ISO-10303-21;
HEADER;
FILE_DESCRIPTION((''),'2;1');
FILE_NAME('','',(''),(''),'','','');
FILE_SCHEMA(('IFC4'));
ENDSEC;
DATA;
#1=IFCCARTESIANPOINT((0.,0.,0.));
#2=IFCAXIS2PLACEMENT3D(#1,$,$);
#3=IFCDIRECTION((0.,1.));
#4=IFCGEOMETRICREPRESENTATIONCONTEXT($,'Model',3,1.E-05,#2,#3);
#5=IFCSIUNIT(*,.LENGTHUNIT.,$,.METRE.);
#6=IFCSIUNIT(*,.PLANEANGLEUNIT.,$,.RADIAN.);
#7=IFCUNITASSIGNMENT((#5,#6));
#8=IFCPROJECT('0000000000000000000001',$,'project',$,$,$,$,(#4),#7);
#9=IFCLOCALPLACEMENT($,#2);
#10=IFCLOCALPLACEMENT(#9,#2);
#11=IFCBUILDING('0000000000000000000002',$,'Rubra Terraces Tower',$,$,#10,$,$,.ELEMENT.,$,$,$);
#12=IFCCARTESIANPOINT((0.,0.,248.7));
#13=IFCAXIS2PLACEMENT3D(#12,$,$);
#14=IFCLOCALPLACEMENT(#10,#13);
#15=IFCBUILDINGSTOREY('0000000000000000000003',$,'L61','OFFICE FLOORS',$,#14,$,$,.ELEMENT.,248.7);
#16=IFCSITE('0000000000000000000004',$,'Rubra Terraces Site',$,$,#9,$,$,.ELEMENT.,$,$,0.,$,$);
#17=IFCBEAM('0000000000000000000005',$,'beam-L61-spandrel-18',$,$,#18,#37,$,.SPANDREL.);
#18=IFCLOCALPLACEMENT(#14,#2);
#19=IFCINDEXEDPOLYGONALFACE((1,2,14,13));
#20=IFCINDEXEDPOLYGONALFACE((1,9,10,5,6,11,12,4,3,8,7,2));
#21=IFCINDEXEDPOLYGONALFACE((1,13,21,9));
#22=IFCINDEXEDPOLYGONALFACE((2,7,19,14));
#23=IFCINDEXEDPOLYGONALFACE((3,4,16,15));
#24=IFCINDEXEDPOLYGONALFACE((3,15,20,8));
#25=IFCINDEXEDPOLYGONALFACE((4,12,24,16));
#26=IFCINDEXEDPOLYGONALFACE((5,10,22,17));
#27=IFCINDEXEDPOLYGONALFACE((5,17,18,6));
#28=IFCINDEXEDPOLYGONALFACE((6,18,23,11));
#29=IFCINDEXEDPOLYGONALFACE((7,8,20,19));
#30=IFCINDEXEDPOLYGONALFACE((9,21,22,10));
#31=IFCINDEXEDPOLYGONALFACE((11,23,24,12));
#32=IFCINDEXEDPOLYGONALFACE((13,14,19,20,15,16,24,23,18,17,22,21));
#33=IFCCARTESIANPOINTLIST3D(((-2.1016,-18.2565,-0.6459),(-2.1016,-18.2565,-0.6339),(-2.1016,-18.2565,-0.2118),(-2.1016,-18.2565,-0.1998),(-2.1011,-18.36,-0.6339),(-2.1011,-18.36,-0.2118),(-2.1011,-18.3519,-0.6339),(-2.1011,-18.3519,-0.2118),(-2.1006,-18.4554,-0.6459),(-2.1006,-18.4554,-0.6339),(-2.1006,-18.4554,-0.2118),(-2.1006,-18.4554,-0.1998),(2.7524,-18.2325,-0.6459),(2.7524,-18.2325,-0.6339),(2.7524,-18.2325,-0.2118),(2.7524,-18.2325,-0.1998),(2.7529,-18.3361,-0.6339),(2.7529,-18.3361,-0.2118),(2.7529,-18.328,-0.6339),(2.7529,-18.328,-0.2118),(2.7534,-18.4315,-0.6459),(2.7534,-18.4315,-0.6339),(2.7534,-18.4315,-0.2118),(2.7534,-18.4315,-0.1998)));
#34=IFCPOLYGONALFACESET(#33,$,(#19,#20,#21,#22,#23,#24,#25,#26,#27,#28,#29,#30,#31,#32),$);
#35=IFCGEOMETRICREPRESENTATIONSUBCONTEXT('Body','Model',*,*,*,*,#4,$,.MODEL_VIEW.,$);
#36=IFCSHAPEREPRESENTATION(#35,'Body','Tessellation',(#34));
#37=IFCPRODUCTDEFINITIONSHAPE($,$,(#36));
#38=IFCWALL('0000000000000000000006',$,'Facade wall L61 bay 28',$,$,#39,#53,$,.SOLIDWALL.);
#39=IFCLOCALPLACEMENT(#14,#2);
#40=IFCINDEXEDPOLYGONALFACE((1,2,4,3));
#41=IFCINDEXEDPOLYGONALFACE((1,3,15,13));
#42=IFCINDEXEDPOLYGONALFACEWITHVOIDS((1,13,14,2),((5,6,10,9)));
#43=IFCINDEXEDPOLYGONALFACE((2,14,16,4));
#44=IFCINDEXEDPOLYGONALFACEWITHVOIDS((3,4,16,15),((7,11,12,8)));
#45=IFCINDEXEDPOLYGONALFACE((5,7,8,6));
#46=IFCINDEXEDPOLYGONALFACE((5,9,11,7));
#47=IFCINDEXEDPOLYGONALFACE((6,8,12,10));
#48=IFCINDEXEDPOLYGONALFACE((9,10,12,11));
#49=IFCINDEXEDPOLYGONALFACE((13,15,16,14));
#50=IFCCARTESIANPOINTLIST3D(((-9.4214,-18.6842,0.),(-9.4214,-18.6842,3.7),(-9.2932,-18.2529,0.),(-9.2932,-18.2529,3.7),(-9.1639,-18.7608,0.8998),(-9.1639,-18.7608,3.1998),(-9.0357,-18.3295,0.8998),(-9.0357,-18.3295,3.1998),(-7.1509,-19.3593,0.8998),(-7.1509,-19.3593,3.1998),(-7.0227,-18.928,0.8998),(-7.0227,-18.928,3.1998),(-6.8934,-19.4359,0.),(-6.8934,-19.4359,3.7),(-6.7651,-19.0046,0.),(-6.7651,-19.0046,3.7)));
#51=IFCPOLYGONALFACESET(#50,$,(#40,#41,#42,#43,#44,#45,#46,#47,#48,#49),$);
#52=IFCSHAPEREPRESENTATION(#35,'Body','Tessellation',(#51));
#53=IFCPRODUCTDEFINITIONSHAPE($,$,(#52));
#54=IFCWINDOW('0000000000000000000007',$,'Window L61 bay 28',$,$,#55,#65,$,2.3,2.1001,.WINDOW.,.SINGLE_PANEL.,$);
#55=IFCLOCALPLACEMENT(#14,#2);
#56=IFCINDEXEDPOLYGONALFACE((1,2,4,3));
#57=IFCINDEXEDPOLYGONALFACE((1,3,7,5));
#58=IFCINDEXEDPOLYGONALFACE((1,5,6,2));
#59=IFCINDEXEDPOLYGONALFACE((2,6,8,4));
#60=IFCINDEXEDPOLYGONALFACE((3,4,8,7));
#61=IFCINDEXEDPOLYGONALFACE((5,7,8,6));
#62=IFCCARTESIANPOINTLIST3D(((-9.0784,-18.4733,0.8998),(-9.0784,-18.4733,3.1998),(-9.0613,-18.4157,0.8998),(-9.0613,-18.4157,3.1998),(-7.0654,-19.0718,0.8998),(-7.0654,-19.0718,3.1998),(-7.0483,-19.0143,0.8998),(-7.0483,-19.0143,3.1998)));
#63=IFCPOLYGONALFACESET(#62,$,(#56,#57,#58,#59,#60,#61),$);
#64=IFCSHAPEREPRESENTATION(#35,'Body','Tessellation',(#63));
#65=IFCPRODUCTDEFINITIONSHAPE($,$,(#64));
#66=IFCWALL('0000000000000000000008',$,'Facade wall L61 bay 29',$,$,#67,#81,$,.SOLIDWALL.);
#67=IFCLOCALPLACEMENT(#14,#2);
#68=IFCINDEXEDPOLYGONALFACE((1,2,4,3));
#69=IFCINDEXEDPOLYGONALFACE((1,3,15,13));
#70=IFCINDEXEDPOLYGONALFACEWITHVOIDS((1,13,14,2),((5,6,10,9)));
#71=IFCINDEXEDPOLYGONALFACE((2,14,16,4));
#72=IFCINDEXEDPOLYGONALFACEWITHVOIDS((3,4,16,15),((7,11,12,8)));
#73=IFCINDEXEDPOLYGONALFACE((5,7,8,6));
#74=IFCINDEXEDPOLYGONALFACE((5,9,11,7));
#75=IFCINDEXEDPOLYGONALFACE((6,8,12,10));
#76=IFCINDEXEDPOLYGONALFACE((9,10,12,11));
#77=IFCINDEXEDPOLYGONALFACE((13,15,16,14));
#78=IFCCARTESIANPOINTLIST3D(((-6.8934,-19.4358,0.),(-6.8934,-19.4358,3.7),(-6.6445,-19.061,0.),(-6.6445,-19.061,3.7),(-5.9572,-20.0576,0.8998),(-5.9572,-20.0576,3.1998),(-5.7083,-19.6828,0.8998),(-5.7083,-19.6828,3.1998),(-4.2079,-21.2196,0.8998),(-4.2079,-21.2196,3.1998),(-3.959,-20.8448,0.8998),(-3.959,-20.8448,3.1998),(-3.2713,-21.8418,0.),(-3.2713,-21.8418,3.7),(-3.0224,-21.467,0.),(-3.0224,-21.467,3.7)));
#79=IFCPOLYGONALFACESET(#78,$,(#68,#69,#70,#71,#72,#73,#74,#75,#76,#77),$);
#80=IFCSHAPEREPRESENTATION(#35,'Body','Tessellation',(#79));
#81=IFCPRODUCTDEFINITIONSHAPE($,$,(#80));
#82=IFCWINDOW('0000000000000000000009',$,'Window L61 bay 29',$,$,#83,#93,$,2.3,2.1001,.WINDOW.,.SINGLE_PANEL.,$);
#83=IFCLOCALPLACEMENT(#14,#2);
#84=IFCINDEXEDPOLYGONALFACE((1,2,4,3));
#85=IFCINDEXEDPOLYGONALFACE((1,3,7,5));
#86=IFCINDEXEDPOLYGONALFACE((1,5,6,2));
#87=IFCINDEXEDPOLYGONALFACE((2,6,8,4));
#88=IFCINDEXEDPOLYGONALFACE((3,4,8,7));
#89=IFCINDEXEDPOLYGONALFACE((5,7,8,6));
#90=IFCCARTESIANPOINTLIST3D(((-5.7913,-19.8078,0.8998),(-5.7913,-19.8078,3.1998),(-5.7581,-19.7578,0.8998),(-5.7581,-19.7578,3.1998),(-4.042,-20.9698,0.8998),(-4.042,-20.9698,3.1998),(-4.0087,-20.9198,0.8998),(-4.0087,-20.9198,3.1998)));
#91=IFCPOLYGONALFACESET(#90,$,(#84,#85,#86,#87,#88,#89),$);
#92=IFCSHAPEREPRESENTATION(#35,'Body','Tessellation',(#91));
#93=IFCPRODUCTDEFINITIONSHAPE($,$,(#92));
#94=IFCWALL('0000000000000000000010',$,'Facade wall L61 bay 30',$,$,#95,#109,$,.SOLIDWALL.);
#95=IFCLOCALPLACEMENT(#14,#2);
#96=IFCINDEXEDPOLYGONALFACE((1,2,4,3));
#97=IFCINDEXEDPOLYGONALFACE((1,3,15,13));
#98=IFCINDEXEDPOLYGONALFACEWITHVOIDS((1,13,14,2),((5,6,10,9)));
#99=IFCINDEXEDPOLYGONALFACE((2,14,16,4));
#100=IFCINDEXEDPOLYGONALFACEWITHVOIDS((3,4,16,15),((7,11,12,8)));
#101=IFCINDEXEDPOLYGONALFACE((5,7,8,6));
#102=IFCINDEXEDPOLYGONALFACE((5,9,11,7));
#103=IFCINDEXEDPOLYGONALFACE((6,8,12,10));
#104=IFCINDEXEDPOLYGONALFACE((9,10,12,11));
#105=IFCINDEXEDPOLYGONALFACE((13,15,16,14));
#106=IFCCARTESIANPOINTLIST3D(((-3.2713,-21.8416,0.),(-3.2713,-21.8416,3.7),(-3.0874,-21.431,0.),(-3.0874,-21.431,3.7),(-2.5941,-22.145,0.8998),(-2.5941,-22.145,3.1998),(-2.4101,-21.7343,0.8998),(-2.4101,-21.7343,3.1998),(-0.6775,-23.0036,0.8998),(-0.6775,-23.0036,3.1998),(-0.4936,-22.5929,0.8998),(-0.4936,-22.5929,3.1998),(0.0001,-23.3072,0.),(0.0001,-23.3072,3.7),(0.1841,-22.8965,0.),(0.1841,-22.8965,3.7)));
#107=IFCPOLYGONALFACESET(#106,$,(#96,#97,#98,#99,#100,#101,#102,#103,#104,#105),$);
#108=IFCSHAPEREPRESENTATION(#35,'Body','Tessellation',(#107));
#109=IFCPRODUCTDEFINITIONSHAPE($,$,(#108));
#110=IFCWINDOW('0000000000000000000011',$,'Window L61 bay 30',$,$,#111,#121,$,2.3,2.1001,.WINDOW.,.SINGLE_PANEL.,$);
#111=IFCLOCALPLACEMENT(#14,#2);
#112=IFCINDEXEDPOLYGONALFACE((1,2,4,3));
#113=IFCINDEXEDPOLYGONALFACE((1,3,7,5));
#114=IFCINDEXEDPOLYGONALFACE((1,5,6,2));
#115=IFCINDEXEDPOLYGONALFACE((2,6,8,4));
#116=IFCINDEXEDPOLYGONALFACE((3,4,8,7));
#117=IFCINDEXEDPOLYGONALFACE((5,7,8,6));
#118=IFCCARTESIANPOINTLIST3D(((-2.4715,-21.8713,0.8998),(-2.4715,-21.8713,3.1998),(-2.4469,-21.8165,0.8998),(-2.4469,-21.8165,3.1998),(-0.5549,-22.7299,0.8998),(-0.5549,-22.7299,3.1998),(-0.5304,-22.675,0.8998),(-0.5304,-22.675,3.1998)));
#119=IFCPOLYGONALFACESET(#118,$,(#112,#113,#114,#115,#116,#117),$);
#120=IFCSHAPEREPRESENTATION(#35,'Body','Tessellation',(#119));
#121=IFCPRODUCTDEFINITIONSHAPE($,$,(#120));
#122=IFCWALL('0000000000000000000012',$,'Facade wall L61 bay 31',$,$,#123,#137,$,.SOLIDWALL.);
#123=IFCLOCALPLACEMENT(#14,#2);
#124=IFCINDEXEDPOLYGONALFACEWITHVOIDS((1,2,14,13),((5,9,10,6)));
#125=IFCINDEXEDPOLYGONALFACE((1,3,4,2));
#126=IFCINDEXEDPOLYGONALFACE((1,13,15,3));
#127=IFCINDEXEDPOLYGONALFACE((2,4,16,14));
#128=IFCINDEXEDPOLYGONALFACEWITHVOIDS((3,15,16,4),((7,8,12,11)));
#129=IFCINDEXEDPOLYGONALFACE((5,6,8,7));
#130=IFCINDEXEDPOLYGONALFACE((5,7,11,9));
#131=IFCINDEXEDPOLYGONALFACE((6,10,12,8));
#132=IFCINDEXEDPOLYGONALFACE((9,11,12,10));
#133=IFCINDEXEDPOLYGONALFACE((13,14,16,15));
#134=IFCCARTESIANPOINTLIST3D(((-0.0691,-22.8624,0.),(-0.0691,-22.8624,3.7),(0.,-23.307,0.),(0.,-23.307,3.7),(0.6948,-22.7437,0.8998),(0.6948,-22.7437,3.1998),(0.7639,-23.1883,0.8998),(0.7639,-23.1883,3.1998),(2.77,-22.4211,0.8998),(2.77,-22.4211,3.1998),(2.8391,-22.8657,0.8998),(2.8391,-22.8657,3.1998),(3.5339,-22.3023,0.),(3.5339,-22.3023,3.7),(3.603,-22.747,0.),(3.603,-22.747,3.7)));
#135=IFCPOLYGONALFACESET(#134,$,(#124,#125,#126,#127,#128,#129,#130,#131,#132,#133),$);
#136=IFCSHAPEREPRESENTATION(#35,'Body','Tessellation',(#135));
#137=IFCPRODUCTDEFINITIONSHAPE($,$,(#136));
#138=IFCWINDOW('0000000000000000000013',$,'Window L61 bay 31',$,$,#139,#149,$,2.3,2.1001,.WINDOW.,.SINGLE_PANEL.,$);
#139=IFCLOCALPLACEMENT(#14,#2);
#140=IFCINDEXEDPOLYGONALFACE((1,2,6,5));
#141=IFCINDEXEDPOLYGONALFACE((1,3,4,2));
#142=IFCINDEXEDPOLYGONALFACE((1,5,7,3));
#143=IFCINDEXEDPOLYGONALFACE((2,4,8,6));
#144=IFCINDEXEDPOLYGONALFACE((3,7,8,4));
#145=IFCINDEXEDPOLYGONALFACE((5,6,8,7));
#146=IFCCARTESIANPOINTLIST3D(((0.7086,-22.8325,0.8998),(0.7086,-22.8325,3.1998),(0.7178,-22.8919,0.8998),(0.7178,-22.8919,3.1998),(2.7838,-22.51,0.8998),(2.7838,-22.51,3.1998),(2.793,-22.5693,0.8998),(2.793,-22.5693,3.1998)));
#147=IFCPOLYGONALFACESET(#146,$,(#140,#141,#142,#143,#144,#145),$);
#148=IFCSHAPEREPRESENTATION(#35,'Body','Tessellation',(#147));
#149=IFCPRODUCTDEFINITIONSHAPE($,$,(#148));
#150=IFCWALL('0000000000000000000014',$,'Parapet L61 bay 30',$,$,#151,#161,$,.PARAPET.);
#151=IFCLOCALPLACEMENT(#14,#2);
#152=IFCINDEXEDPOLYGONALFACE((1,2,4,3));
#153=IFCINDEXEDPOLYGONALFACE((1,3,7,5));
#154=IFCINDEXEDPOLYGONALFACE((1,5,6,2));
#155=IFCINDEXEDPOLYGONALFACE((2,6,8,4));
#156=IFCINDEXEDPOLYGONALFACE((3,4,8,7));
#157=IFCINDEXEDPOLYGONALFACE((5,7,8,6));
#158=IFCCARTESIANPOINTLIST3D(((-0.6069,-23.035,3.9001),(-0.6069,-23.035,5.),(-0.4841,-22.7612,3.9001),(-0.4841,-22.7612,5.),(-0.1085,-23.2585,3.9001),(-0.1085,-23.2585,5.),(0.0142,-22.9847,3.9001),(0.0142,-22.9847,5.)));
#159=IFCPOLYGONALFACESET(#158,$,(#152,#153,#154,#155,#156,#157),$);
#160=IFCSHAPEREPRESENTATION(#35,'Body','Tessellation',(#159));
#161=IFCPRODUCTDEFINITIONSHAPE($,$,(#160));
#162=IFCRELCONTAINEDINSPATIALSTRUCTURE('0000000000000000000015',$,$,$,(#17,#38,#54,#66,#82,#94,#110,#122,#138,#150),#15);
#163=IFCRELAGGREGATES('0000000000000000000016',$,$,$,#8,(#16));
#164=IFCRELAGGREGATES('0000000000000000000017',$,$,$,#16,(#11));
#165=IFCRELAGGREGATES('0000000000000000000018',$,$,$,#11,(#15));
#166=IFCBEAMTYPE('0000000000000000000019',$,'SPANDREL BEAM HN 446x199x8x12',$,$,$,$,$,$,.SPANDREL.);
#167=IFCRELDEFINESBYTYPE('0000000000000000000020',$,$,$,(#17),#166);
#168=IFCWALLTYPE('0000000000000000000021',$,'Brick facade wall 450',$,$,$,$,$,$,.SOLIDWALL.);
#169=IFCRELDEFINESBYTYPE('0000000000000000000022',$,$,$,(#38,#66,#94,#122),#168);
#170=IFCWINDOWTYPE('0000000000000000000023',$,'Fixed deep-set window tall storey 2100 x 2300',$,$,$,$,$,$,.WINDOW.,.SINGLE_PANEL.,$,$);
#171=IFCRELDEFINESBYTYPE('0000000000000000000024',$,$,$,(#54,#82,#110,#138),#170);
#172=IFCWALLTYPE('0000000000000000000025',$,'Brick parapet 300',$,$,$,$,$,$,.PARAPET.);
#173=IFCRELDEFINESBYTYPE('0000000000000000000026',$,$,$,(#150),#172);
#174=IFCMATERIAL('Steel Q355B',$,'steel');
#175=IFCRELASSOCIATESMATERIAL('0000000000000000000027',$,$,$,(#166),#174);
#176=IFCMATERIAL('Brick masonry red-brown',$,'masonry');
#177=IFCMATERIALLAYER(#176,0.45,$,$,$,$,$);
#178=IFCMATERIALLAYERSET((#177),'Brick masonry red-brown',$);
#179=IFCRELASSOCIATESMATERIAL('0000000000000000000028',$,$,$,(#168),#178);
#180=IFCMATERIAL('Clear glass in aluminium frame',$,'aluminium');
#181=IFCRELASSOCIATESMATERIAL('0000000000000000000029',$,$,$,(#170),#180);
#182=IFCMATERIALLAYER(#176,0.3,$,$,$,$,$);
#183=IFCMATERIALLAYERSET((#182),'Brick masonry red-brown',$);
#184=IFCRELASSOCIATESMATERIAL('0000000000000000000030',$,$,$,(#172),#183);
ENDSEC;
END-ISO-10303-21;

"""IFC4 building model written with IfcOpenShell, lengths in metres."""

from ifc_helpers import new_model, si_unit, direction, frame, frame_2d, origin, origin_2d, place, context, subcontext, project, spatial, rectangle, i_section, extrude, material, layer, layer_set, material_profile, profile_set, type_object, element, fill, save


model = new_model("IFC4")

# Units and contexts
model_context = context("Model", 3, precision=1e-05, world=origin(), true_north=direction((0.0, 1.0)))
body_context = subcontext(model_context, "Body", "Model", "MODEL_VIEW")
ifc_project = project(units=[si_unit("LENGTHUNIT", "METRE"), si_unit("PLANEANGLEUNIT", "RADIAN")], contexts=[model_context])

# Site, building, storey
site_placement = place(None, origin())
site = spatial("IfcSite", under=ifc_project, at=site_placement, Name="Rubra Terraces Site", CompositionType="ELEMENT", RefElevation=0.0)
building_placement = place(site_placement, origin())
building = spatial("IfcBuilding", under=site, at=building_placement, Name="Rubra Terraces Tower", CompositionType="ELEMENT")
storey_placement = place(building_placement, frame((0.0, 0.0, 248.7)))
storey = spatial("IfcBuildingStorey", under=building, at=storey_placement, Name="L61", Description="OFFICE FLOORS", CompositionType="ELEMENT", Elevation=248.7)

# Beam
ifc_material_1 = material(Name="Steel Q355B", Category="steel")
ifc_material_profile_1 = material_profile(ifc_material_1, i_section(OverallWidth=0.199, OverallDepth=0.446, WebThickness=0.0081, FlangeThickness=0.012, at=origin_2d()), Name="HN 446x199x8x12")
ifc_profile_set_1 = profile_set([ifc_material_profile_1], Name="Steel Q355B")
beam_type_1 = type_object("IfcBeamType", Name="SPANDREL BEAM HN 446x199x8x12", PredefinedType="SPANDREL", material=ifc_profile_set_1)
beam_1_placement = place(storey_placement, frame((-2.1011, -18.356, -0.4229), z_axis=(0.999988, 0.004929, 0.0), x_axis=(-0.004929, 0.999988, 0.0)))
element("IfcBeam", 1, at=beam_1_placement, inside=storey, type_object=beam_type_1, Name="beam-L61-spandrel-18", PredefinedType="SPANDREL", context=body_context, shape_type="SweptSolid", body=[
    extrude(i_section(OverallWidth=0.199, OverallDepth=0.446, WebThickness=0.0081, FlangeThickness=0.012, at=origin_2d()), origin(), (0.0, 0.0, 1.0), 4.854),
])

# Walls, openings, windows
ifc_material_2 = material(Name="Brick masonry red-brown", Category="masonry")
ifc_layer_1 = layer(ifc_material_2, 0.45)
ifc_layer_set_1 = layer_set([ifc_layer_1], Name="Brick masonry red-brown")
wall_type_1 = type_object("IfcWallType", Name="Brick facade wall 450", PredefinedType="SOLIDWALL", material=ifc_layer_set_1)
wall_1_placement = place(storey_placement, frame((-9.3574, -18.4685, 0.0), z_axis=(0.0, 0.0, 1.0), x_axis=(0.958524, -0.285012, 0.0)))
wall_1 = element("IfcWall", 2, at=wall_1_placement, inside=storey, type_object=wall_type_1, Name="Facade wall L61 bay 28", PredefinedType="SOLIDWALL", context=body_context, shape_type="SweptSolid", body=[
    extrude(rectangle(XDim=2.6375, YDim=0.45, at=frame_2d((1.3188, 0.0))), origin(), (0.0, 0.0, 1.0), 3.7),
])
opening_1_placement = place(wall_1_placement, frame((0.2688, 0.0, 0.8999)))
opening_1 = element("IfcOpeningElement", 3, at=opening_1_placement, cuts=wall_1, PredefinedType="OPENING", context=body_context, shape_type="SweptSolid", body=[
    extrude(rectangle(XDim=2.1001, YDim=2.3, at=frame_2d((1.05, 1.1499))), frame((0.0, 0.2349, 0.0), z_axis=(0.0, -1.0, 0.0), x_axis=(1.0, 0.0, 0.0)), (0.0, 0.0, 1.0), 0.47),
])
ifc_material_3 = material(Name="Clear glass in aluminium frame", Category="aluminium")
window_type = type_object("IfcWindowType", Name="Fixed deep-set window tall storey 2100 x 2300", PartitioningType="SINGLE_PANEL", PredefinedType="WINDOW", material=ifc_material_3)
window_1_placement = place(opening_1_placement, origin())
window_1 = element("IfcWindow", 4, at=window_1_placement, inside=storey, type_object=window_type, Name="Window L61 bay 28", OverallHeight=2.3, OverallWidth=2.1001, PartitioningType="SINGLE_PANEL", PredefinedType="WINDOW", context=body_context, shape_type="SweptSolid", body=[
    extrude(rectangle(XDim=2.1001, YDim=2.3, at=frame_2d((1.05, 1.1499))), frame((0.0, 0.135, 0.0), z_axis=(0.0, -1.0, 0.0), x_axis=(1.0, 0.0, 0.0)), (0.0, 0.0, 1.0), 0.0601),
])
fill(opening_1, window_1)
wall_2_placement = place(storey_placement, frame((-6.769, -19.2483, 0.0), z_axis=(0.0, 0.0, 1.0), x_axis=(0.832973, -0.553313, 0.0)))
wall_2 = element("IfcWall", 5, at=wall_2_placement, inside=storey, type_object=wall_type_1, Name="Facade wall L61 bay 29", PredefinedType="SOLIDWALL", context=body_context, shape_type="SweptSolid", body=[
    extrude(rectangle(XDim=4.3484, YDim=0.45, at=frame_2d((2.1743, 0.0))), origin(), (0.0, 0.0, 1.0), 3.7),
])
opening_2_placement = place(wall_2_placement, frame((1.124, 0.0, 0.8999)))
opening_2 = element("IfcOpeningElement", 6, at=opening_2_placement, cuts=wall_2, PredefinedType="OPENING", context=body_context, shape_type="SweptSolid", body=[
    extrude(rectangle(XDim=2.1001, YDim=2.3, at=frame_2d((1.05, 1.1499))), frame((0.0, 0.2349, 0.0), z_axis=(0.0, -1.0, 0.0), x_axis=(1.0, 0.0, 0.0)), (0.0, 0.0, 1.0), 0.47),
])
window_2_placement = place(opening_2_placement, origin())
window_2 = element("IfcWindow", 7, at=window_2_placement, inside=storey, type_object=window_type, Name="Window L61 bay 29", OverallHeight=2.3, OverallWidth=2.1001, PartitioningType="SINGLE_PANEL", PredefinedType="WINDOW", context=body_context, shape_type="SweptSolid", body=[
    extrude(rectangle(XDim=2.1001, YDim=2.3, at=frame_2d((1.05, 1.1499))), frame((0.0, 0.135, 0.0), z_axis=(0.0, -1.0, 0.0), x_axis=(1.0, 0.0, 0.0)), (0.0, 0.0, 1.0), 0.0601),
])
fill(opening_2, window_2)
wall_3_placement = place(storey_placement, frame((-3.1794, -21.6362, 0.0), z_axis=(0.0, 0.0, 1.0), x_axis=(0.912608, -0.408835, 0.0)))
wall_3 = element("IfcWall", 8, at=wall_3_placement, inside=storey, type_object=wall_type_1, Name="Facade wall L61 bay 30", PredefinedType="SOLIDWALL", context=body_context, shape_type="SweptSolid", body=[
    extrude(rectangle(XDim=3.5847, YDim=0.45, at=frame_2d((1.7925, 0.0))), origin(), (0.0, 0.0, 1.0), 3.7),
])
opening_3_placement = place(wall_3_placement, frame((0.7422, 0.0, 0.8999)))
opening_3 = element("IfcOpeningElement", 9, at=opening_3_placement, cuts=wall_3, PredefinedType="OPENING", context=body_context, shape_type="SweptSolid", body=[
    extrude(rectangle(XDim=2.1001, YDim=2.3, at=frame_2d((1.05, 1.1499))), frame((0.0, 0.2349, 0.0), z_axis=(0.0, -1.0, 0.0), x_axis=(1.0, 0.0, 0.0)), (0.0, 0.0, 1.0), 0.47),
])
window_3_placement = place(opening_3_placement, origin())
window_3 = element("IfcWindow", 10, at=window_3_placement, inside=storey, type_object=window_type, Name="Window L61 bay 30", OverallHeight=2.3, OverallWidth=2.1001, PartitioningType="SINGLE_PANEL", PredefinedType="WINDOW", context=body_context, shape_type="SweptSolid", body=[
    extrude(rectangle(XDim=2.1001, YDim=2.3, at=frame_2d((1.05, 1.1499))), frame((0.0, 0.135, 0.0), z_axis=(0.0, -1.0, 0.0), x_axis=(1.0, 0.0, 0.0)), (0.0, 0.0, 1.0), 0.0601),
])
fill(opening_3, window_3)
wall_4_placement = place(storey_placement, frame((-0.0347, -23.0847, 0.0), z_axis=(0.0, 0.0, 1.0), x_axis=(0.988134, 0.153597, 0.0)))
wall_4 = element("IfcWall", 11, at=wall_4_placement, inside=storey, type_object=wall_type_1, Name="Facade wall L61 bay 31", PredefinedType="SOLIDWALL", context=body_context, shape_type="SweptSolid", body=[
    extrude(rectangle(XDim=3.6462, YDim=0.45, at=frame_2d((1.8232, 0.0))), origin(), (0.0, 0.0, 1.0), 3.7),
])
opening_4_placement = place(wall_4_placement, frame((0.7732, 0.0, 0.8999)))
opening_4 = element("IfcOpeningElement", 12, at=opening_4_placement, cuts=wall_4, PredefinedType="OPENING", context=body_context, shape_type="SweptSolid", body=[
    extrude(rectangle(XDim=2.1001, YDim=2.3, at=frame_2d((1.05, 1.1499))), frame((0.0, 0.2349, 0.0), z_axis=(0.0, -1.0, 0.0), x_axis=(1.0, 0.0, 0.0)), (0.0, 0.0, 1.0), 0.47),
])
window_4_placement = place(opening_4_placement, origin())
window_4 = element("IfcWindow", 13, at=window_4_placement, inside=storey, type_object=window_type, Name="Window L61 bay 31", OverallHeight=2.3, OverallWidth=2.1001, PartitioningType="SINGLE_PANEL", PredefinedType="WINDOW", context=body_context, shape_type="SweptSolid", body=[
    extrude(rectangle(XDim=2.1001, YDim=2.3, at=frame_2d((1.05, 1.1499))), frame((0.0, 0.135, 0.0), z_axis=(0.0, -1.0, 0.0), x_axis=(1.0, 0.0, 0.0)), (0.0, 0.0, 1.0), 0.0601),
])
fill(opening_4, window_4)

# Wall
ifc_layer_2 = layer(ifc_material_2, 0.3)
ifc_layer_set_2 = layer_set([ifc_layer_2], Name="Brick masonry red-brown")
wall_type_2 = type_object("IfcWallType", Name="Brick parapet 300", PredefinedType="PARAPET", material=ifc_layer_set_2)
wall_5_placement = place(storey_placement, frame((-0.5454, -22.8982, 3.9001), z_axis=(0.0, 0.0, 1.0), x_axis=(0.912498, -0.409082, 0.0)))
element("IfcWall", 14, at=wall_5_placement, inside=storey, type_object=wall_type_2, Name="Parapet L61 bay 30", PredefinedType="PARAPET", context=body_context, shape_type="SweptSolid", body=[
    extrude(rectangle(XDim=0.5461, YDim=0.3, at=frame_2d((0.2729, 0.0))), origin(), (0.0, 0.0, 1.0), 1.0999),
])

save(model, "model.ifc")
